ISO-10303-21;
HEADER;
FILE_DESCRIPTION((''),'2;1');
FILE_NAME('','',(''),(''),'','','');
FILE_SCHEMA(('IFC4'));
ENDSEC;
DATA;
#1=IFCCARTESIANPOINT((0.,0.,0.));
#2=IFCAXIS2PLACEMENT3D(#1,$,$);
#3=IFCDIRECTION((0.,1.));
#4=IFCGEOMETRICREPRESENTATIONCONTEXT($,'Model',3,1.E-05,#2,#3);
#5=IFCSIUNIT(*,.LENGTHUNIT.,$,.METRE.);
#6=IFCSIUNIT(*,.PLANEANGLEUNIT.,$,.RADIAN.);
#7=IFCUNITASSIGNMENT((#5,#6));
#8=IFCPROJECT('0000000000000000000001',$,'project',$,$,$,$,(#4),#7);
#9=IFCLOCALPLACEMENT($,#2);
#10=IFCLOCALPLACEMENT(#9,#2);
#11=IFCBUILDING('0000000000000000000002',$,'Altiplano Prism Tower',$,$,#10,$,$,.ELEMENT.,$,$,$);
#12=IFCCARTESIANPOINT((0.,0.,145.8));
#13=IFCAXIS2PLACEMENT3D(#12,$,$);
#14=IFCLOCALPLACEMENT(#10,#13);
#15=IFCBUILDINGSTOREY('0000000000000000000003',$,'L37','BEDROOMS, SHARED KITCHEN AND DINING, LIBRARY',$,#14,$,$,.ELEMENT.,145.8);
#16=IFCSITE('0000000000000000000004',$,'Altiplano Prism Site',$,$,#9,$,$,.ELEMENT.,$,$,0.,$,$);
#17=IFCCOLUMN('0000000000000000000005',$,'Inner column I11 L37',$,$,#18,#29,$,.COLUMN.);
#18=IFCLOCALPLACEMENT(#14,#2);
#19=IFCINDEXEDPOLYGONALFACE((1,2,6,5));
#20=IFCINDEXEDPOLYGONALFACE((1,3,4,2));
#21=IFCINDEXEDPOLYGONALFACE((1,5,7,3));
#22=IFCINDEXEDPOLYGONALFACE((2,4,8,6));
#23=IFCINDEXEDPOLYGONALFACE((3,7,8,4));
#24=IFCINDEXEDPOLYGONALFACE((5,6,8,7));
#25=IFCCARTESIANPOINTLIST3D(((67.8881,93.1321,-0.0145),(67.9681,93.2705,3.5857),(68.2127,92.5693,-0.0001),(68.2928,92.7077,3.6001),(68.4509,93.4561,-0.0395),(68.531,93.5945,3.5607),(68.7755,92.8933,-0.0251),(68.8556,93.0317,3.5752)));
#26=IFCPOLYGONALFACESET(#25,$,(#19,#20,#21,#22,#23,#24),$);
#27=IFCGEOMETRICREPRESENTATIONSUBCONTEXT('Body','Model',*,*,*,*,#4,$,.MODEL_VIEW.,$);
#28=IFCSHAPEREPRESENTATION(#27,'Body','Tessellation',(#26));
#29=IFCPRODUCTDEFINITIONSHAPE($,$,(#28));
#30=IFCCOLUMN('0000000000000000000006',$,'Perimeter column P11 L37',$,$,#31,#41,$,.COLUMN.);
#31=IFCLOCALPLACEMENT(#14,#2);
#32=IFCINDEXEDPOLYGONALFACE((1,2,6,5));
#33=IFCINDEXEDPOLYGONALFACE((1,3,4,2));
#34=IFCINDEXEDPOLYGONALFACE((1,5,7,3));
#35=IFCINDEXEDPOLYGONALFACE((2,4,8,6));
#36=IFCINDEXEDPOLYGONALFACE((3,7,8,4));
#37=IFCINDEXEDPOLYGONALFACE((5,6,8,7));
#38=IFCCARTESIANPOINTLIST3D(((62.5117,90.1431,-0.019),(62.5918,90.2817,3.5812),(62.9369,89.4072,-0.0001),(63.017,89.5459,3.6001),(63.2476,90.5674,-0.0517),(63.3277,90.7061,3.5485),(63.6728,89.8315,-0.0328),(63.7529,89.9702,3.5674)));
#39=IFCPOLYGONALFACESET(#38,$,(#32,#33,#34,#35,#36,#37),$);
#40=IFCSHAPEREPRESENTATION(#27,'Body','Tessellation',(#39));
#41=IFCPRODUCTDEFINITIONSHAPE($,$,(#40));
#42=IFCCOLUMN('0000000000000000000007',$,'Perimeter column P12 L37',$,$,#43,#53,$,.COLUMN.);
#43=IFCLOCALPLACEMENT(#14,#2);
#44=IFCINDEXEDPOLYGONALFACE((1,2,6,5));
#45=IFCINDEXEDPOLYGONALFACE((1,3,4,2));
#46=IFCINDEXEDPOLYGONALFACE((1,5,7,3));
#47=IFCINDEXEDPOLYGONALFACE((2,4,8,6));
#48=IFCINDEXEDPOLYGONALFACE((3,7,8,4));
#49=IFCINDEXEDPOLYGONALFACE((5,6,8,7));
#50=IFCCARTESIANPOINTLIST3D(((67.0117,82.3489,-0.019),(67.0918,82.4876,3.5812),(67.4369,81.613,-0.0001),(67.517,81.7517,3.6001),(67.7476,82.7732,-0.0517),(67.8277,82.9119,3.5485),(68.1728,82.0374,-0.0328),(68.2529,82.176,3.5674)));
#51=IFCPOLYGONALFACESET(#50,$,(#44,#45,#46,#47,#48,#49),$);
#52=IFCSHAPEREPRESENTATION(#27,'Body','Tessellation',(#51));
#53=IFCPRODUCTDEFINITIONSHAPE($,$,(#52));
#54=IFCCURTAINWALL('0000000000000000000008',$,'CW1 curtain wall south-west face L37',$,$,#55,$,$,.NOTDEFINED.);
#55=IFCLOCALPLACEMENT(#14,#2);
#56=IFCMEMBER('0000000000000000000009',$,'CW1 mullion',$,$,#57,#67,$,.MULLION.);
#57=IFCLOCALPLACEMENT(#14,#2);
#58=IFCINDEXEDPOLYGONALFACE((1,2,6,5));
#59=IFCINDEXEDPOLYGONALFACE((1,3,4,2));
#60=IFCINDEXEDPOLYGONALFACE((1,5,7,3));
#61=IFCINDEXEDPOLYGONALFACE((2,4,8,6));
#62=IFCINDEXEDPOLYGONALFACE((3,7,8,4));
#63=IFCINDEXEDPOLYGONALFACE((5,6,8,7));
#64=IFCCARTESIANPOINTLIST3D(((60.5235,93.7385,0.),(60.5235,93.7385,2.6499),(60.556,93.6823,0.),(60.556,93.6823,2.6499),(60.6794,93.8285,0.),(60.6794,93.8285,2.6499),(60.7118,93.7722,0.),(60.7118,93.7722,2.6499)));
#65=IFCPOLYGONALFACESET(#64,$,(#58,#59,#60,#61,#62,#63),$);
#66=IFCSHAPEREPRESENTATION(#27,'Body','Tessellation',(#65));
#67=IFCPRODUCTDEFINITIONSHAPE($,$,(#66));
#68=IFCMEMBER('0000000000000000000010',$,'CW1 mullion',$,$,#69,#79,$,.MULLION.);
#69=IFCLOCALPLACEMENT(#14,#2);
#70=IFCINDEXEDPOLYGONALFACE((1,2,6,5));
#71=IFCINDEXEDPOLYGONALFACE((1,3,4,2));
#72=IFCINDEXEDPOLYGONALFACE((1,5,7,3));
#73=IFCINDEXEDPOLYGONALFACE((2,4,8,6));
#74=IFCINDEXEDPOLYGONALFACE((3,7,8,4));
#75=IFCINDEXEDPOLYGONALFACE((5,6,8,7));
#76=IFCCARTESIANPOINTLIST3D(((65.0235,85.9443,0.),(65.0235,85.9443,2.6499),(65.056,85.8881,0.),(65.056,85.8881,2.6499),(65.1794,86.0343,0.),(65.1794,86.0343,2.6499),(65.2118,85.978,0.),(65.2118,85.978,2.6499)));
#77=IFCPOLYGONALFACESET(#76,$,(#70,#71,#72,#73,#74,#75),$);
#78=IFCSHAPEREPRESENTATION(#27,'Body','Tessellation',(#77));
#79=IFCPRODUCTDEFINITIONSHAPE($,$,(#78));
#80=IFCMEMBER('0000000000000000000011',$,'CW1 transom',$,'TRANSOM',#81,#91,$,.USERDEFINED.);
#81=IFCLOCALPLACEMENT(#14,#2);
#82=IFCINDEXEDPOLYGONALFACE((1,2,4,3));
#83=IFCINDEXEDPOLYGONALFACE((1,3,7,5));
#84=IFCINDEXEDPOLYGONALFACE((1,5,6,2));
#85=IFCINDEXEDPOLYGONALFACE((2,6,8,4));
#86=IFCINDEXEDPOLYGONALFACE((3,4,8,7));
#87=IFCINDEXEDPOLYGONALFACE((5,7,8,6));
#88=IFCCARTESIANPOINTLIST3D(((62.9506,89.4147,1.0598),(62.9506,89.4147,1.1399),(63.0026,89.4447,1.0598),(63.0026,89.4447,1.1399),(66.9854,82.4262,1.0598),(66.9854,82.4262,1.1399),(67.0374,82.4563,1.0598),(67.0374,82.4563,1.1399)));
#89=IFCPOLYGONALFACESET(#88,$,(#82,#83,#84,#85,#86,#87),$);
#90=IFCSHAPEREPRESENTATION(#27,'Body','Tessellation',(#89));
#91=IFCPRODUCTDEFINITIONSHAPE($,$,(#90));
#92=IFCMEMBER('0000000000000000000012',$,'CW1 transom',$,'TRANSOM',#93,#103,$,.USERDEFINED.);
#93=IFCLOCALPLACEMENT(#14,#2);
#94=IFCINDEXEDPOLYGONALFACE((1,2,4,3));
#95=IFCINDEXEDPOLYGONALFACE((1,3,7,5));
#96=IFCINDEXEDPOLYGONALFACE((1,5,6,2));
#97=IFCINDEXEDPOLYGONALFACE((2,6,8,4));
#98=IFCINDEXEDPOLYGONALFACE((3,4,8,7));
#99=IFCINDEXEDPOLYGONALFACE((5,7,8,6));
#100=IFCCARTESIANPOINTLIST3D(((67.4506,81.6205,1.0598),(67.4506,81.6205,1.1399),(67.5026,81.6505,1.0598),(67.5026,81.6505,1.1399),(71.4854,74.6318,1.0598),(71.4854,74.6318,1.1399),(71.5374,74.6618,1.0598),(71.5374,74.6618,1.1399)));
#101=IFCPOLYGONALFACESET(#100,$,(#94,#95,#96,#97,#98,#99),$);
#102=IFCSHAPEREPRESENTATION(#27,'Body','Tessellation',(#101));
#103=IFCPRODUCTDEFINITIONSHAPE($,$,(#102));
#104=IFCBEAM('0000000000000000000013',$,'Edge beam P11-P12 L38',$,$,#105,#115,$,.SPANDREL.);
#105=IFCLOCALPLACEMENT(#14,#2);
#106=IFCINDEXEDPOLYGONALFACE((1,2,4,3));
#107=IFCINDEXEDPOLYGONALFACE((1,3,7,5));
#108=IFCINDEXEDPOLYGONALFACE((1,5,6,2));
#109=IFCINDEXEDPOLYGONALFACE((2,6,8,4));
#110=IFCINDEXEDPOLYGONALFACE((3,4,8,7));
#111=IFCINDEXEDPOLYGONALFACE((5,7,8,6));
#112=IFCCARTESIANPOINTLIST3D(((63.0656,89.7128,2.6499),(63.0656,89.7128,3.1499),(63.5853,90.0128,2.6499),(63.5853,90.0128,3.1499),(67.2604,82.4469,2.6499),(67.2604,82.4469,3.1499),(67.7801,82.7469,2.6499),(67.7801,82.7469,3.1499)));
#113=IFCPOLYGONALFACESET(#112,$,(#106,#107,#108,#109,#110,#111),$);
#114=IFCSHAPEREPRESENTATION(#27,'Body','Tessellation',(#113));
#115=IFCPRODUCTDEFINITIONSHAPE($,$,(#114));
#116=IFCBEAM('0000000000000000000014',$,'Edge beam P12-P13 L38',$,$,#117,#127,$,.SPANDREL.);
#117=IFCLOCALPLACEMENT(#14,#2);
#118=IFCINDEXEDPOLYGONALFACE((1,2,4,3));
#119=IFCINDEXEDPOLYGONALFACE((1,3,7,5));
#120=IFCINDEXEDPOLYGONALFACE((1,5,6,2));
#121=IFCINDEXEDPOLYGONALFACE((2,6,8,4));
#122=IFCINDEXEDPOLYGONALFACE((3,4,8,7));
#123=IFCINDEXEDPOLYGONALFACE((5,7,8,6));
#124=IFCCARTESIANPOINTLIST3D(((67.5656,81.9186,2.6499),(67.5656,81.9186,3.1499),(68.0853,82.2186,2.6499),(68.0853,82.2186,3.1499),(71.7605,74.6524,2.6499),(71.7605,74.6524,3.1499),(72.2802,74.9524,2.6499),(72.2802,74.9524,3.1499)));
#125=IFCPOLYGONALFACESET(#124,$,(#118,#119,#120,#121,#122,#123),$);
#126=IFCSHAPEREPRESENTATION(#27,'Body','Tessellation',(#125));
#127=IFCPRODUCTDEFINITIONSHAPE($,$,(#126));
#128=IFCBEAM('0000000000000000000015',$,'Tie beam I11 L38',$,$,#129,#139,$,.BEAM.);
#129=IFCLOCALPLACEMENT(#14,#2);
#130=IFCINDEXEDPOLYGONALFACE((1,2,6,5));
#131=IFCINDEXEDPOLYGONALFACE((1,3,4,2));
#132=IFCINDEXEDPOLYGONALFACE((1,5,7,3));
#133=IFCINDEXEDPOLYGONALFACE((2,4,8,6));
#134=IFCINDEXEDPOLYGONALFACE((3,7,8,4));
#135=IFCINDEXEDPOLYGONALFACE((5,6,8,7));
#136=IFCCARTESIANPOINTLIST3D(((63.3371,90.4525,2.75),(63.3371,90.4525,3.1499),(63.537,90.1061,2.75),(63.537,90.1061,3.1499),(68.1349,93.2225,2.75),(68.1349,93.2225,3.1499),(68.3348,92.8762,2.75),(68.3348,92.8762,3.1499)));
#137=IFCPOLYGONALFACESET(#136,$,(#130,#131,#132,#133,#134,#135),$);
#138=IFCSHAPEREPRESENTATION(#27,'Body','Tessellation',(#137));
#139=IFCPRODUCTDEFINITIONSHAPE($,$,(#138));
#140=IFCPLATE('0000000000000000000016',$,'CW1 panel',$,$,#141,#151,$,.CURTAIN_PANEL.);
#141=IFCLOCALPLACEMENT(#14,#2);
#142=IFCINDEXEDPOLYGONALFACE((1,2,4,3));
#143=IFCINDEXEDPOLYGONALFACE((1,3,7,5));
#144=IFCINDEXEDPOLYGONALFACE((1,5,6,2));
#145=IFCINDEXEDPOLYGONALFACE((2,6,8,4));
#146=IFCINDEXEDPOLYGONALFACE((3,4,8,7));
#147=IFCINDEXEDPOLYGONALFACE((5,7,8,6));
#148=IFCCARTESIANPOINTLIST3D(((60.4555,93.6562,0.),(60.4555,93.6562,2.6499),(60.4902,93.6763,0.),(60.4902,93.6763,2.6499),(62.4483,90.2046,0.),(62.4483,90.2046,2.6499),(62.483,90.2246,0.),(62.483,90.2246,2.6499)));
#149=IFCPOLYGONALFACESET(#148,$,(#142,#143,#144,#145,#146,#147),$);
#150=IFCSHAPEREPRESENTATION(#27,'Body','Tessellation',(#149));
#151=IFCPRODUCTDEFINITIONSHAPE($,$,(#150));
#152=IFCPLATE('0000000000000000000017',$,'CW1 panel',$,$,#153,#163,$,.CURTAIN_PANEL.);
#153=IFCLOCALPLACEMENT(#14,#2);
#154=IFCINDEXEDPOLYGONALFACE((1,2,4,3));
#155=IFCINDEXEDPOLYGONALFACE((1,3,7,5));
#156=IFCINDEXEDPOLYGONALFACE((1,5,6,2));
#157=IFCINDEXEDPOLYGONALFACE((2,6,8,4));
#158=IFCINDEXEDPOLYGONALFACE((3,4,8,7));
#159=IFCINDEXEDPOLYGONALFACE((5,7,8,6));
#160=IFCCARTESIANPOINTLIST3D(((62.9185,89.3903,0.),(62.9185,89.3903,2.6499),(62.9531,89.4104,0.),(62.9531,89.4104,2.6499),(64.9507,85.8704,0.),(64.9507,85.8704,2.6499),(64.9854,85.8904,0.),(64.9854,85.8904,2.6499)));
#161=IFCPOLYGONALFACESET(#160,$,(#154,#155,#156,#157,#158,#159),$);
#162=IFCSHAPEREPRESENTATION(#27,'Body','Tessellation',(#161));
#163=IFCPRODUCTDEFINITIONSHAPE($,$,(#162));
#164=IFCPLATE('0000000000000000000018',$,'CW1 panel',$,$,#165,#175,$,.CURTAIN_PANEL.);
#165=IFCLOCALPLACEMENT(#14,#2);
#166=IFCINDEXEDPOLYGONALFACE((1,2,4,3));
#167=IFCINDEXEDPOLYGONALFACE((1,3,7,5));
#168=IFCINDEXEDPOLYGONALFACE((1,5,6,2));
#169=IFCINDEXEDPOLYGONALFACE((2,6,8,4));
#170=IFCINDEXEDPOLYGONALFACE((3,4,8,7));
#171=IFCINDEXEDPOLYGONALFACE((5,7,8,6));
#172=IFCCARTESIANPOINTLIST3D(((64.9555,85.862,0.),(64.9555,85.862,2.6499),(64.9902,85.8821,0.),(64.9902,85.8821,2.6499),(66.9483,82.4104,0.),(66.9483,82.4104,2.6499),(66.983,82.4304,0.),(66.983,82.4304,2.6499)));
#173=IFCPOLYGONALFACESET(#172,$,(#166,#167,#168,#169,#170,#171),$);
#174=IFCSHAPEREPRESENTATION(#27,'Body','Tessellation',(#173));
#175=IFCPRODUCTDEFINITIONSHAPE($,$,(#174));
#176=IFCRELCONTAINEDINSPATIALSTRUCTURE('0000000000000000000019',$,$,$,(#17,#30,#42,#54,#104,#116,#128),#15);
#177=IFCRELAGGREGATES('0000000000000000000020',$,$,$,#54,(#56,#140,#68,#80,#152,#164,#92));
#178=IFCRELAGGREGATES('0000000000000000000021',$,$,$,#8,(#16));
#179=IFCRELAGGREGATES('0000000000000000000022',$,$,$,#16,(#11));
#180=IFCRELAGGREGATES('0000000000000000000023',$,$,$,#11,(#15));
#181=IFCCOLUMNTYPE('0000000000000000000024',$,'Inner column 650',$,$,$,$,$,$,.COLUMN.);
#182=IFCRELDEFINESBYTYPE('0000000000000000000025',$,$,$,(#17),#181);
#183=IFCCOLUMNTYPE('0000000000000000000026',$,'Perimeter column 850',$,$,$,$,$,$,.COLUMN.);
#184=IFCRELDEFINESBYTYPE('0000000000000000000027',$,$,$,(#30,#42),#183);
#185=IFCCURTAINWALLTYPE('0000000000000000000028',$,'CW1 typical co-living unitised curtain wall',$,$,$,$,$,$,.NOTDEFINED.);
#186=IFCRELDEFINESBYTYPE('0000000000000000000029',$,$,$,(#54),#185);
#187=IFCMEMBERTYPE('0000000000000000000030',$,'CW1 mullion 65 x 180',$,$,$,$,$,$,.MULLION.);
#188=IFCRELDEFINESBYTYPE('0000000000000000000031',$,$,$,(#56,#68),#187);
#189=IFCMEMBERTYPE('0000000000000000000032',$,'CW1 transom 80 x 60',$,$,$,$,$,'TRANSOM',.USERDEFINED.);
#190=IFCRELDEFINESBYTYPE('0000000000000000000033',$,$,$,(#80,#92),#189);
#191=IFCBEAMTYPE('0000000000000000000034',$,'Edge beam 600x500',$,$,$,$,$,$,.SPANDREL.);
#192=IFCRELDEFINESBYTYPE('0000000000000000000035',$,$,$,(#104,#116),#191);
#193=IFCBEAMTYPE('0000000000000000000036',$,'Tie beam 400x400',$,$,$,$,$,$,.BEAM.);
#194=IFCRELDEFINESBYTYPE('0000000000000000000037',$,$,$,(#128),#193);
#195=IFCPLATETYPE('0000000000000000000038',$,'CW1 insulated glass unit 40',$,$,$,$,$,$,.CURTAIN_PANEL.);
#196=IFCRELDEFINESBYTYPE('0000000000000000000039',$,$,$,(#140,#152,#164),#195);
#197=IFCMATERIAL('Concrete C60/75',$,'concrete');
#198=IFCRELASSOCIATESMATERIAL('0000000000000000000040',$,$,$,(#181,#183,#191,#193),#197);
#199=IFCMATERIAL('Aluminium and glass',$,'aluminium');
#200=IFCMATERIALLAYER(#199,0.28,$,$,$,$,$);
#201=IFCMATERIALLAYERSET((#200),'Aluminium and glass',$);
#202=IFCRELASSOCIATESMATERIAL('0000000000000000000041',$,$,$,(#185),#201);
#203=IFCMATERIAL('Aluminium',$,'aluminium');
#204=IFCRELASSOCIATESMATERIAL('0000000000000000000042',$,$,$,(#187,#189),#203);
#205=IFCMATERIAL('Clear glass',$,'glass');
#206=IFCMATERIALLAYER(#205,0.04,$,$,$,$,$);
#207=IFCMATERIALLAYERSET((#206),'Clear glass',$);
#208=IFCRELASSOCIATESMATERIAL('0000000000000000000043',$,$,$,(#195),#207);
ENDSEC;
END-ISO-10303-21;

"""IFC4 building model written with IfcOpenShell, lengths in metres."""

from ifc_helpers import new_model, si_unit, direction, frame, origin, origin_2d, place, context, subcontext, project, spatial, rectangle, extrude, material, layer, layer_set, material_profile, profile_set, type_object, element, aggregate, save


model = new_model("IFC4")

# Units and contexts
model_context = context("Model", 3, precision=1e-05, world=origin(), true_north=direction((0.0, 1.0)))
body_context = subcontext(model_context, "Body", "Model", "MODEL_VIEW")
ifc_project = project(units=[si_unit("LENGTHUNIT", "METRE"), si_unit("PLANEANGLEUNIT", "RADIAN")], contexts=[model_context])

# Site, building, storey
site_placement = place(None, origin())
site = spatial("IfcSite", under=ifc_project, at=site_placement, Name="Altiplano Prism Site", CompositionType="ELEMENT", RefElevation=0.0)
building_placement = place(site_placement, origin())
building = spatial("IfcBuilding", under=site, at=building_placement, Name="Altiplano Prism Tower", CompositionType="ELEMENT")
storey_placement = place(building_placement, frame((0.0, 0.0, 145.8)))
storey = spatial("IfcBuildingStorey", under=building, at=storey_placement, Name="L37", Description="BEDROOMS, SHARED KITCHEN AND DINING, LIBRARY", CompositionType="ELEMENT", Elevation=145.8)

# Columns
ifc_material_1 = material(Name="Concrete C60/75", Category="concrete")
ifc_material_profile_1 = material_profile(ifc_material_1, rectangle(XDim=0.6499, YDim=0.6499, at=origin_2d()), Name="Inner column 650")
ifc_profile_set_1 = profile_set([ifc_material_profile_1], Name="Concrete C60/75")
column_type_1 = type_object("IfcColumnType", Name="Inner column 650", PredefinedType="COLUMN", material=ifc_profile_set_1)
column_placement = place(storey_placement, frame((68.3318, 93.0127, -0.0198), z_axis=(0.022221, 0.038413, 0.999015), x_axis=(-0.866024, -0.498523, 0.038432)))
element("IfcColumn", 1, at=column_placement, inside=storey, type_object=column_type_1, Name="Inner column I11 L37", PredefinedType="COLUMN", context=body_context, shape_type="SweptSolid", body=[
    extrude(rectangle(XDim=0.6499, YDim=0.6499, at=origin_2d()), origin(), (0.0, 0.0, 1.0), 3.6038),
])
ifc_material_profile_2 = material_profile(ifc_material_1, rectangle(XDim=0.8501, YDim=0.8501, at=origin_2d()), Name="Perimeter column 850")
ifc_profile_set_2 = profile_set([ifc_material_profile_2], Name="Concrete C60/75")
column_type_2 = type_object("IfcColumnType", Name="Perimeter column 850", PredefinedType="COLUMN", material=ifc_profile_set_2)
for number, where, z_axis, x_axis, name in (
    (2, (63.0923, 89.9873, -0.0259), (0.022221, 0.038481, 0.999012), (-0.865642, -0.499182, 0.038483), "Perimeter column P11 L37"),
    (3, (67.5923, 82.1931, -0.0259), (0.022221, 0.038481, 0.999012), (-0.865642, -0.499182, 0.038483), "Perimeter column P12 L37"),
):
    element("IfcColumn", number, at=place(storey_placement, frame(where, z_axis=z_axis, x_axis=x_axis)), inside=storey, type_object=column_type_2, Name=name, PredefinedType="COLUMN", context=body_context, shape_type="SweptSolid", body=[
        extrude(rectangle(XDim=0.8501, YDim=0.8501, at=origin_2d()), origin(), (0.0, 0.0, 1.0), 3.6038),
    ])

# Curtain wall, members
ifc_material_2 = material(Name="Aluminium and glass", Category="aluminium")
ifc_layer_1 = layer(ifc_material_2, 0.28)
ifc_layer_set_1 = layer_set([ifc_layer_1], Name="Aluminium and glass")
curtain_wall_type = type_object("IfcCurtainWallType", Name="CW1 typical co-living unitised curtain wall", PredefinedType="NOTDEFINED", material=ifc_layer_set_1)
curtain_wall_placement = place(storey_placement, origin())
curtain_wall = element("IfcCurtainWall", 4, at=curtain_wall_placement, inside=storey, type_object=curtain_wall_type, Name="CW1 curtain wall south-west face L37", PredefinedType="NOTDEFINED")
ifc_material_3 = material(Name="Aluminium", Category="aluminium")
ifc_material_profile_3 = material_profile(ifc_material_3, rectangle(XDim=0.1799, YDim=0.0649, at=origin_2d()), Name="CW1 mullion 65 x 180")
ifc_profile_set_3 = profile_set([ifc_material_profile_3], Name="Aluminium")
member_type_1 = type_object("IfcMemberType", Name="CW1 mullion 65 x 180", PredefinedType="MULLION", material=ifc_profile_set_3)
member_1_placement = place(storey_placement, frame((60.6177, 93.7554, 0.0), z_axis=(0.0, 0.0, 1.0), x_axis=(0.866025, 0.5, 0.0)))
member_1 = element("IfcMember", 5, at=member_1_placement, type_object=member_type_1, Name="CW1 mullion", PredefinedType="MULLION", context=body_context, shape_type="SweptSolid", body=[
    extrude(rectangle(XDim=0.1799, YDim=0.0649, at=origin_2d()), origin(), (0.0, 0.0, 1.0), 2.6499),
])
member_2_placement = place(storey_placement, frame((65.1177, 85.9612, 0.0), z_axis=(0.0, 0.0, 1.0), x_axis=(0.866025, 0.5, 0.0)))
member_2 = element("IfcMember", 6, at=member_2_placement, type_object=member_type_1, Name="CW1 mullion", PredefinedType="MULLION", context=body_context, shape_type="SweptSolid", body=[
    extrude(rectangle(XDim=0.1799, YDim=0.0649, at=origin_2d()), origin(), (0.0, 0.0, 1.0), 2.6499),
])
ifc_material_profile_4 = material_profile(ifc_material_3, rectangle(XDim=0.0601, YDim=0.0801, at=origin_2d()), Name="CW1 transom 80 x 60")
ifc_profile_set_4 = profile_set([ifc_material_profile_4], Name="Aluminium")
member_type_2 = type_object("IfcMemberType", Name="CW1 transom 80 x 60", ElementType="TRANSOM", PredefinedType="USERDEFINED", material=ifc_profile_set_4)
member_3_placement = place(storey_placement, frame((62.9766, 89.4297, 1.0999), z_axis=(0.500008, -0.866021, 0.0), x_axis=(0.866021, 0.500008, 0.0)))
member_3 = element("IfcMember", 7, at=member_3_placement, type_object=member_type_2, Name="CW1 transom", ObjectType="TRANSOM", PredefinedType="USERDEFINED", context=body_context, shape_type="SweptSolid", body=[
    extrude(rectangle(XDim=0.0601, YDim=0.0801, at=origin_2d()), origin(), (0.0, 0.0, 1.0), 8.0696),
])
member_4_placement = place(storey_placement, frame((67.4766, 81.6355, 1.0999), z_axis=(0.499995, -0.866028, 0.0), x_axis=(0.866028, 0.499995, 0.0)))
member_4 = element("IfcMember", 8, at=member_4_placement, type_object=member_type_2, Name="CW1 transom", ObjectType="TRANSOM", PredefinedType="USERDEFINED", context=body_context, shape_type="SweptSolid", body=[
    extrude(rectangle(XDim=0.0601, YDim=0.0801, at=origin_2d()), origin(), (0.0, 0.0, 1.0), 8.0698),
])

# Beams
ifc_material_profile_5 = material_profile(ifc_material_1, rectangle(XDim=0.6001, YDim=0.5, at=origin_2d()), Name="Edge beam 600x500")
ifc_profile_set_5 = profile_set([ifc_material_profile_5], Name="Concrete C60/75")
beam_type_1 = type_object("IfcBeamType", Name="Edge beam 600x500", PredefinedType="SPANDREL", material=ifc_profile_set_5)
beam_1_placement = place(storey_placement, frame((63.3254, 89.8628, 2.8999), z_axis=(0.499989, -0.866032, 0.0), x_axis=(0.866032, 0.499989, 0.0)))
element("IfcBeam", 9, at=beam_1_placement, inside=storey, type_object=beam_type_1, Name="Edge beam P11-P12 L38", PredefinedType="SPANDREL", context=body_context, shape_type="SweptSolid", body=[
    extrude(rectangle(XDim=0.6001, YDim=0.5, at=origin_2d()), origin(), (0.0, 0.0, 1.0), 8.3899),
])
beam_2_placement = place(storey_placement, frame((67.8254, 82.0686, 2.8999), z_axis=(0.499976, -0.866039, 0.0), x_axis=(0.866039, 0.499976, 0.0)))
element("IfcBeam", 10, at=beam_2_placement, inside=storey, type_object=beam_type_1, Name="Edge beam P12-P13 L38", PredefinedType="SPANDREL", context=body_context, shape_type="SweptSolid", body=[
    extrude(rectangle(XDim=0.6001, YDim=0.5, at=origin_2d()), origin(), (0.0, 0.0, 1.0), 8.3901),
])
ifc_material_profile_6 = material_profile(ifc_material_1, rectangle(XDim=0.3999, YDim=0.3999, at=origin_2d()), Name="Tie beam 400x400")
ifc_profile_set_6 = profile_set([ifc_material_profile_6], Name="Concrete C60/75")
beam_type_2 = type_object("IfcBeamType", Name="Tie beam 400x400", PredefinedType="BEAM", material=ifc_profile_set_6)
beam_3_placement = place(storey_placement, frame((68.2349, 93.0493, 2.95), z_axis=(-0.866027, -0.499997, 0.0), x_axis=(0.499997, -0.866027, 0.0)))
element("IfcBeam", 11, at=beam_3_placement, inside=storey, type_object=beam_type_2, Name="Tie beam I11 L38", PredefinedType="BEAM", context=body_context, shape_type="SweptSolid", body=[
    extrude(rectangle(XDim=0.3999, YDim=0.3999, at=origin_2d()), origin(), (0.0, 0.0, 1.0), 5.54),
])

# Plates
ifc_material_4 = material(Name="Clear glass", Category="glass")
ifc_layer_2 = layer(ifc_material_4, 0.04)
ifc_layer_set_2 = layer_set([ifc_layer_2], Name="Clear glass")
plate_type = type_object("IfcPlateType", Name="CW1 insulated glass unit 40", PredefinedType="CURTAIN_PANEL", material=ifc_layer_set_2)
plate_1_placement = place(storey_placement, frame((61.4692, 91.9404, 0.0), z_axis=(0.0, 0.0, 1.0), x_axis=(0.5, -0.866025, 0.0)))
plate_1 = element("IfcPlate", 12, at=plate_1_placement, type_object=plate_type, Name="CW1 panel", PredefinedType="CURTAIN_PANEL", context=body_context, shape_type="SweptSolid", body=[
    extrude(rectangle(XDim=3.9856, YDim=0.04, at=origin_2d()), origin(), (0.0, 0.0, 1.0), 2.6499),
])
plate_2_placement = place(storey_placement, frame((63.9519, 87.6404, 0.0), z_axis=(0.0, 0.0, 1.0), x_axis=(0.5, -0.866025, 0.0)))
plate_2 = element("IfcPlate", 13, at=plate_2_placement, type_object=plate_type, Name="CW1 panel", PredefinedType="CURTAIN_PANEL", context=body_context, shape_type="SweptSolid", body=[
    extrude(rectangle(XDim=4.0645, YDim=0.04, at=origin_2d()), origin(), (0.0, 0.0, 1.0), 2.6499),
])
plate_3_placement = place(storey_placement, frame((65.9692, 84.1462, 0.0), z_axis=(0.0, 0.0, 1.0), x_axis=(0.5, -0.866025, 0.0)))
plate_3 = element("IfcPlate", 14, at=plate_3_placement, type_object=plate_type, Name="CW1 panel", PredefinedType="CURTAIN_PANEL", context=body_context, shape_type="SweptSolid", body=[
    extrude(rectangle(XDim=3.9856, YDim=0.04, at=origin_2d()), origin(), (0.0, 0.0, 1.0), 2.6499),
])
aggregate(curtain_wall, [member_1, plate_1, member_2, member_3, plate_2, plate_3, member_4])

save(model, "model.ifc")
